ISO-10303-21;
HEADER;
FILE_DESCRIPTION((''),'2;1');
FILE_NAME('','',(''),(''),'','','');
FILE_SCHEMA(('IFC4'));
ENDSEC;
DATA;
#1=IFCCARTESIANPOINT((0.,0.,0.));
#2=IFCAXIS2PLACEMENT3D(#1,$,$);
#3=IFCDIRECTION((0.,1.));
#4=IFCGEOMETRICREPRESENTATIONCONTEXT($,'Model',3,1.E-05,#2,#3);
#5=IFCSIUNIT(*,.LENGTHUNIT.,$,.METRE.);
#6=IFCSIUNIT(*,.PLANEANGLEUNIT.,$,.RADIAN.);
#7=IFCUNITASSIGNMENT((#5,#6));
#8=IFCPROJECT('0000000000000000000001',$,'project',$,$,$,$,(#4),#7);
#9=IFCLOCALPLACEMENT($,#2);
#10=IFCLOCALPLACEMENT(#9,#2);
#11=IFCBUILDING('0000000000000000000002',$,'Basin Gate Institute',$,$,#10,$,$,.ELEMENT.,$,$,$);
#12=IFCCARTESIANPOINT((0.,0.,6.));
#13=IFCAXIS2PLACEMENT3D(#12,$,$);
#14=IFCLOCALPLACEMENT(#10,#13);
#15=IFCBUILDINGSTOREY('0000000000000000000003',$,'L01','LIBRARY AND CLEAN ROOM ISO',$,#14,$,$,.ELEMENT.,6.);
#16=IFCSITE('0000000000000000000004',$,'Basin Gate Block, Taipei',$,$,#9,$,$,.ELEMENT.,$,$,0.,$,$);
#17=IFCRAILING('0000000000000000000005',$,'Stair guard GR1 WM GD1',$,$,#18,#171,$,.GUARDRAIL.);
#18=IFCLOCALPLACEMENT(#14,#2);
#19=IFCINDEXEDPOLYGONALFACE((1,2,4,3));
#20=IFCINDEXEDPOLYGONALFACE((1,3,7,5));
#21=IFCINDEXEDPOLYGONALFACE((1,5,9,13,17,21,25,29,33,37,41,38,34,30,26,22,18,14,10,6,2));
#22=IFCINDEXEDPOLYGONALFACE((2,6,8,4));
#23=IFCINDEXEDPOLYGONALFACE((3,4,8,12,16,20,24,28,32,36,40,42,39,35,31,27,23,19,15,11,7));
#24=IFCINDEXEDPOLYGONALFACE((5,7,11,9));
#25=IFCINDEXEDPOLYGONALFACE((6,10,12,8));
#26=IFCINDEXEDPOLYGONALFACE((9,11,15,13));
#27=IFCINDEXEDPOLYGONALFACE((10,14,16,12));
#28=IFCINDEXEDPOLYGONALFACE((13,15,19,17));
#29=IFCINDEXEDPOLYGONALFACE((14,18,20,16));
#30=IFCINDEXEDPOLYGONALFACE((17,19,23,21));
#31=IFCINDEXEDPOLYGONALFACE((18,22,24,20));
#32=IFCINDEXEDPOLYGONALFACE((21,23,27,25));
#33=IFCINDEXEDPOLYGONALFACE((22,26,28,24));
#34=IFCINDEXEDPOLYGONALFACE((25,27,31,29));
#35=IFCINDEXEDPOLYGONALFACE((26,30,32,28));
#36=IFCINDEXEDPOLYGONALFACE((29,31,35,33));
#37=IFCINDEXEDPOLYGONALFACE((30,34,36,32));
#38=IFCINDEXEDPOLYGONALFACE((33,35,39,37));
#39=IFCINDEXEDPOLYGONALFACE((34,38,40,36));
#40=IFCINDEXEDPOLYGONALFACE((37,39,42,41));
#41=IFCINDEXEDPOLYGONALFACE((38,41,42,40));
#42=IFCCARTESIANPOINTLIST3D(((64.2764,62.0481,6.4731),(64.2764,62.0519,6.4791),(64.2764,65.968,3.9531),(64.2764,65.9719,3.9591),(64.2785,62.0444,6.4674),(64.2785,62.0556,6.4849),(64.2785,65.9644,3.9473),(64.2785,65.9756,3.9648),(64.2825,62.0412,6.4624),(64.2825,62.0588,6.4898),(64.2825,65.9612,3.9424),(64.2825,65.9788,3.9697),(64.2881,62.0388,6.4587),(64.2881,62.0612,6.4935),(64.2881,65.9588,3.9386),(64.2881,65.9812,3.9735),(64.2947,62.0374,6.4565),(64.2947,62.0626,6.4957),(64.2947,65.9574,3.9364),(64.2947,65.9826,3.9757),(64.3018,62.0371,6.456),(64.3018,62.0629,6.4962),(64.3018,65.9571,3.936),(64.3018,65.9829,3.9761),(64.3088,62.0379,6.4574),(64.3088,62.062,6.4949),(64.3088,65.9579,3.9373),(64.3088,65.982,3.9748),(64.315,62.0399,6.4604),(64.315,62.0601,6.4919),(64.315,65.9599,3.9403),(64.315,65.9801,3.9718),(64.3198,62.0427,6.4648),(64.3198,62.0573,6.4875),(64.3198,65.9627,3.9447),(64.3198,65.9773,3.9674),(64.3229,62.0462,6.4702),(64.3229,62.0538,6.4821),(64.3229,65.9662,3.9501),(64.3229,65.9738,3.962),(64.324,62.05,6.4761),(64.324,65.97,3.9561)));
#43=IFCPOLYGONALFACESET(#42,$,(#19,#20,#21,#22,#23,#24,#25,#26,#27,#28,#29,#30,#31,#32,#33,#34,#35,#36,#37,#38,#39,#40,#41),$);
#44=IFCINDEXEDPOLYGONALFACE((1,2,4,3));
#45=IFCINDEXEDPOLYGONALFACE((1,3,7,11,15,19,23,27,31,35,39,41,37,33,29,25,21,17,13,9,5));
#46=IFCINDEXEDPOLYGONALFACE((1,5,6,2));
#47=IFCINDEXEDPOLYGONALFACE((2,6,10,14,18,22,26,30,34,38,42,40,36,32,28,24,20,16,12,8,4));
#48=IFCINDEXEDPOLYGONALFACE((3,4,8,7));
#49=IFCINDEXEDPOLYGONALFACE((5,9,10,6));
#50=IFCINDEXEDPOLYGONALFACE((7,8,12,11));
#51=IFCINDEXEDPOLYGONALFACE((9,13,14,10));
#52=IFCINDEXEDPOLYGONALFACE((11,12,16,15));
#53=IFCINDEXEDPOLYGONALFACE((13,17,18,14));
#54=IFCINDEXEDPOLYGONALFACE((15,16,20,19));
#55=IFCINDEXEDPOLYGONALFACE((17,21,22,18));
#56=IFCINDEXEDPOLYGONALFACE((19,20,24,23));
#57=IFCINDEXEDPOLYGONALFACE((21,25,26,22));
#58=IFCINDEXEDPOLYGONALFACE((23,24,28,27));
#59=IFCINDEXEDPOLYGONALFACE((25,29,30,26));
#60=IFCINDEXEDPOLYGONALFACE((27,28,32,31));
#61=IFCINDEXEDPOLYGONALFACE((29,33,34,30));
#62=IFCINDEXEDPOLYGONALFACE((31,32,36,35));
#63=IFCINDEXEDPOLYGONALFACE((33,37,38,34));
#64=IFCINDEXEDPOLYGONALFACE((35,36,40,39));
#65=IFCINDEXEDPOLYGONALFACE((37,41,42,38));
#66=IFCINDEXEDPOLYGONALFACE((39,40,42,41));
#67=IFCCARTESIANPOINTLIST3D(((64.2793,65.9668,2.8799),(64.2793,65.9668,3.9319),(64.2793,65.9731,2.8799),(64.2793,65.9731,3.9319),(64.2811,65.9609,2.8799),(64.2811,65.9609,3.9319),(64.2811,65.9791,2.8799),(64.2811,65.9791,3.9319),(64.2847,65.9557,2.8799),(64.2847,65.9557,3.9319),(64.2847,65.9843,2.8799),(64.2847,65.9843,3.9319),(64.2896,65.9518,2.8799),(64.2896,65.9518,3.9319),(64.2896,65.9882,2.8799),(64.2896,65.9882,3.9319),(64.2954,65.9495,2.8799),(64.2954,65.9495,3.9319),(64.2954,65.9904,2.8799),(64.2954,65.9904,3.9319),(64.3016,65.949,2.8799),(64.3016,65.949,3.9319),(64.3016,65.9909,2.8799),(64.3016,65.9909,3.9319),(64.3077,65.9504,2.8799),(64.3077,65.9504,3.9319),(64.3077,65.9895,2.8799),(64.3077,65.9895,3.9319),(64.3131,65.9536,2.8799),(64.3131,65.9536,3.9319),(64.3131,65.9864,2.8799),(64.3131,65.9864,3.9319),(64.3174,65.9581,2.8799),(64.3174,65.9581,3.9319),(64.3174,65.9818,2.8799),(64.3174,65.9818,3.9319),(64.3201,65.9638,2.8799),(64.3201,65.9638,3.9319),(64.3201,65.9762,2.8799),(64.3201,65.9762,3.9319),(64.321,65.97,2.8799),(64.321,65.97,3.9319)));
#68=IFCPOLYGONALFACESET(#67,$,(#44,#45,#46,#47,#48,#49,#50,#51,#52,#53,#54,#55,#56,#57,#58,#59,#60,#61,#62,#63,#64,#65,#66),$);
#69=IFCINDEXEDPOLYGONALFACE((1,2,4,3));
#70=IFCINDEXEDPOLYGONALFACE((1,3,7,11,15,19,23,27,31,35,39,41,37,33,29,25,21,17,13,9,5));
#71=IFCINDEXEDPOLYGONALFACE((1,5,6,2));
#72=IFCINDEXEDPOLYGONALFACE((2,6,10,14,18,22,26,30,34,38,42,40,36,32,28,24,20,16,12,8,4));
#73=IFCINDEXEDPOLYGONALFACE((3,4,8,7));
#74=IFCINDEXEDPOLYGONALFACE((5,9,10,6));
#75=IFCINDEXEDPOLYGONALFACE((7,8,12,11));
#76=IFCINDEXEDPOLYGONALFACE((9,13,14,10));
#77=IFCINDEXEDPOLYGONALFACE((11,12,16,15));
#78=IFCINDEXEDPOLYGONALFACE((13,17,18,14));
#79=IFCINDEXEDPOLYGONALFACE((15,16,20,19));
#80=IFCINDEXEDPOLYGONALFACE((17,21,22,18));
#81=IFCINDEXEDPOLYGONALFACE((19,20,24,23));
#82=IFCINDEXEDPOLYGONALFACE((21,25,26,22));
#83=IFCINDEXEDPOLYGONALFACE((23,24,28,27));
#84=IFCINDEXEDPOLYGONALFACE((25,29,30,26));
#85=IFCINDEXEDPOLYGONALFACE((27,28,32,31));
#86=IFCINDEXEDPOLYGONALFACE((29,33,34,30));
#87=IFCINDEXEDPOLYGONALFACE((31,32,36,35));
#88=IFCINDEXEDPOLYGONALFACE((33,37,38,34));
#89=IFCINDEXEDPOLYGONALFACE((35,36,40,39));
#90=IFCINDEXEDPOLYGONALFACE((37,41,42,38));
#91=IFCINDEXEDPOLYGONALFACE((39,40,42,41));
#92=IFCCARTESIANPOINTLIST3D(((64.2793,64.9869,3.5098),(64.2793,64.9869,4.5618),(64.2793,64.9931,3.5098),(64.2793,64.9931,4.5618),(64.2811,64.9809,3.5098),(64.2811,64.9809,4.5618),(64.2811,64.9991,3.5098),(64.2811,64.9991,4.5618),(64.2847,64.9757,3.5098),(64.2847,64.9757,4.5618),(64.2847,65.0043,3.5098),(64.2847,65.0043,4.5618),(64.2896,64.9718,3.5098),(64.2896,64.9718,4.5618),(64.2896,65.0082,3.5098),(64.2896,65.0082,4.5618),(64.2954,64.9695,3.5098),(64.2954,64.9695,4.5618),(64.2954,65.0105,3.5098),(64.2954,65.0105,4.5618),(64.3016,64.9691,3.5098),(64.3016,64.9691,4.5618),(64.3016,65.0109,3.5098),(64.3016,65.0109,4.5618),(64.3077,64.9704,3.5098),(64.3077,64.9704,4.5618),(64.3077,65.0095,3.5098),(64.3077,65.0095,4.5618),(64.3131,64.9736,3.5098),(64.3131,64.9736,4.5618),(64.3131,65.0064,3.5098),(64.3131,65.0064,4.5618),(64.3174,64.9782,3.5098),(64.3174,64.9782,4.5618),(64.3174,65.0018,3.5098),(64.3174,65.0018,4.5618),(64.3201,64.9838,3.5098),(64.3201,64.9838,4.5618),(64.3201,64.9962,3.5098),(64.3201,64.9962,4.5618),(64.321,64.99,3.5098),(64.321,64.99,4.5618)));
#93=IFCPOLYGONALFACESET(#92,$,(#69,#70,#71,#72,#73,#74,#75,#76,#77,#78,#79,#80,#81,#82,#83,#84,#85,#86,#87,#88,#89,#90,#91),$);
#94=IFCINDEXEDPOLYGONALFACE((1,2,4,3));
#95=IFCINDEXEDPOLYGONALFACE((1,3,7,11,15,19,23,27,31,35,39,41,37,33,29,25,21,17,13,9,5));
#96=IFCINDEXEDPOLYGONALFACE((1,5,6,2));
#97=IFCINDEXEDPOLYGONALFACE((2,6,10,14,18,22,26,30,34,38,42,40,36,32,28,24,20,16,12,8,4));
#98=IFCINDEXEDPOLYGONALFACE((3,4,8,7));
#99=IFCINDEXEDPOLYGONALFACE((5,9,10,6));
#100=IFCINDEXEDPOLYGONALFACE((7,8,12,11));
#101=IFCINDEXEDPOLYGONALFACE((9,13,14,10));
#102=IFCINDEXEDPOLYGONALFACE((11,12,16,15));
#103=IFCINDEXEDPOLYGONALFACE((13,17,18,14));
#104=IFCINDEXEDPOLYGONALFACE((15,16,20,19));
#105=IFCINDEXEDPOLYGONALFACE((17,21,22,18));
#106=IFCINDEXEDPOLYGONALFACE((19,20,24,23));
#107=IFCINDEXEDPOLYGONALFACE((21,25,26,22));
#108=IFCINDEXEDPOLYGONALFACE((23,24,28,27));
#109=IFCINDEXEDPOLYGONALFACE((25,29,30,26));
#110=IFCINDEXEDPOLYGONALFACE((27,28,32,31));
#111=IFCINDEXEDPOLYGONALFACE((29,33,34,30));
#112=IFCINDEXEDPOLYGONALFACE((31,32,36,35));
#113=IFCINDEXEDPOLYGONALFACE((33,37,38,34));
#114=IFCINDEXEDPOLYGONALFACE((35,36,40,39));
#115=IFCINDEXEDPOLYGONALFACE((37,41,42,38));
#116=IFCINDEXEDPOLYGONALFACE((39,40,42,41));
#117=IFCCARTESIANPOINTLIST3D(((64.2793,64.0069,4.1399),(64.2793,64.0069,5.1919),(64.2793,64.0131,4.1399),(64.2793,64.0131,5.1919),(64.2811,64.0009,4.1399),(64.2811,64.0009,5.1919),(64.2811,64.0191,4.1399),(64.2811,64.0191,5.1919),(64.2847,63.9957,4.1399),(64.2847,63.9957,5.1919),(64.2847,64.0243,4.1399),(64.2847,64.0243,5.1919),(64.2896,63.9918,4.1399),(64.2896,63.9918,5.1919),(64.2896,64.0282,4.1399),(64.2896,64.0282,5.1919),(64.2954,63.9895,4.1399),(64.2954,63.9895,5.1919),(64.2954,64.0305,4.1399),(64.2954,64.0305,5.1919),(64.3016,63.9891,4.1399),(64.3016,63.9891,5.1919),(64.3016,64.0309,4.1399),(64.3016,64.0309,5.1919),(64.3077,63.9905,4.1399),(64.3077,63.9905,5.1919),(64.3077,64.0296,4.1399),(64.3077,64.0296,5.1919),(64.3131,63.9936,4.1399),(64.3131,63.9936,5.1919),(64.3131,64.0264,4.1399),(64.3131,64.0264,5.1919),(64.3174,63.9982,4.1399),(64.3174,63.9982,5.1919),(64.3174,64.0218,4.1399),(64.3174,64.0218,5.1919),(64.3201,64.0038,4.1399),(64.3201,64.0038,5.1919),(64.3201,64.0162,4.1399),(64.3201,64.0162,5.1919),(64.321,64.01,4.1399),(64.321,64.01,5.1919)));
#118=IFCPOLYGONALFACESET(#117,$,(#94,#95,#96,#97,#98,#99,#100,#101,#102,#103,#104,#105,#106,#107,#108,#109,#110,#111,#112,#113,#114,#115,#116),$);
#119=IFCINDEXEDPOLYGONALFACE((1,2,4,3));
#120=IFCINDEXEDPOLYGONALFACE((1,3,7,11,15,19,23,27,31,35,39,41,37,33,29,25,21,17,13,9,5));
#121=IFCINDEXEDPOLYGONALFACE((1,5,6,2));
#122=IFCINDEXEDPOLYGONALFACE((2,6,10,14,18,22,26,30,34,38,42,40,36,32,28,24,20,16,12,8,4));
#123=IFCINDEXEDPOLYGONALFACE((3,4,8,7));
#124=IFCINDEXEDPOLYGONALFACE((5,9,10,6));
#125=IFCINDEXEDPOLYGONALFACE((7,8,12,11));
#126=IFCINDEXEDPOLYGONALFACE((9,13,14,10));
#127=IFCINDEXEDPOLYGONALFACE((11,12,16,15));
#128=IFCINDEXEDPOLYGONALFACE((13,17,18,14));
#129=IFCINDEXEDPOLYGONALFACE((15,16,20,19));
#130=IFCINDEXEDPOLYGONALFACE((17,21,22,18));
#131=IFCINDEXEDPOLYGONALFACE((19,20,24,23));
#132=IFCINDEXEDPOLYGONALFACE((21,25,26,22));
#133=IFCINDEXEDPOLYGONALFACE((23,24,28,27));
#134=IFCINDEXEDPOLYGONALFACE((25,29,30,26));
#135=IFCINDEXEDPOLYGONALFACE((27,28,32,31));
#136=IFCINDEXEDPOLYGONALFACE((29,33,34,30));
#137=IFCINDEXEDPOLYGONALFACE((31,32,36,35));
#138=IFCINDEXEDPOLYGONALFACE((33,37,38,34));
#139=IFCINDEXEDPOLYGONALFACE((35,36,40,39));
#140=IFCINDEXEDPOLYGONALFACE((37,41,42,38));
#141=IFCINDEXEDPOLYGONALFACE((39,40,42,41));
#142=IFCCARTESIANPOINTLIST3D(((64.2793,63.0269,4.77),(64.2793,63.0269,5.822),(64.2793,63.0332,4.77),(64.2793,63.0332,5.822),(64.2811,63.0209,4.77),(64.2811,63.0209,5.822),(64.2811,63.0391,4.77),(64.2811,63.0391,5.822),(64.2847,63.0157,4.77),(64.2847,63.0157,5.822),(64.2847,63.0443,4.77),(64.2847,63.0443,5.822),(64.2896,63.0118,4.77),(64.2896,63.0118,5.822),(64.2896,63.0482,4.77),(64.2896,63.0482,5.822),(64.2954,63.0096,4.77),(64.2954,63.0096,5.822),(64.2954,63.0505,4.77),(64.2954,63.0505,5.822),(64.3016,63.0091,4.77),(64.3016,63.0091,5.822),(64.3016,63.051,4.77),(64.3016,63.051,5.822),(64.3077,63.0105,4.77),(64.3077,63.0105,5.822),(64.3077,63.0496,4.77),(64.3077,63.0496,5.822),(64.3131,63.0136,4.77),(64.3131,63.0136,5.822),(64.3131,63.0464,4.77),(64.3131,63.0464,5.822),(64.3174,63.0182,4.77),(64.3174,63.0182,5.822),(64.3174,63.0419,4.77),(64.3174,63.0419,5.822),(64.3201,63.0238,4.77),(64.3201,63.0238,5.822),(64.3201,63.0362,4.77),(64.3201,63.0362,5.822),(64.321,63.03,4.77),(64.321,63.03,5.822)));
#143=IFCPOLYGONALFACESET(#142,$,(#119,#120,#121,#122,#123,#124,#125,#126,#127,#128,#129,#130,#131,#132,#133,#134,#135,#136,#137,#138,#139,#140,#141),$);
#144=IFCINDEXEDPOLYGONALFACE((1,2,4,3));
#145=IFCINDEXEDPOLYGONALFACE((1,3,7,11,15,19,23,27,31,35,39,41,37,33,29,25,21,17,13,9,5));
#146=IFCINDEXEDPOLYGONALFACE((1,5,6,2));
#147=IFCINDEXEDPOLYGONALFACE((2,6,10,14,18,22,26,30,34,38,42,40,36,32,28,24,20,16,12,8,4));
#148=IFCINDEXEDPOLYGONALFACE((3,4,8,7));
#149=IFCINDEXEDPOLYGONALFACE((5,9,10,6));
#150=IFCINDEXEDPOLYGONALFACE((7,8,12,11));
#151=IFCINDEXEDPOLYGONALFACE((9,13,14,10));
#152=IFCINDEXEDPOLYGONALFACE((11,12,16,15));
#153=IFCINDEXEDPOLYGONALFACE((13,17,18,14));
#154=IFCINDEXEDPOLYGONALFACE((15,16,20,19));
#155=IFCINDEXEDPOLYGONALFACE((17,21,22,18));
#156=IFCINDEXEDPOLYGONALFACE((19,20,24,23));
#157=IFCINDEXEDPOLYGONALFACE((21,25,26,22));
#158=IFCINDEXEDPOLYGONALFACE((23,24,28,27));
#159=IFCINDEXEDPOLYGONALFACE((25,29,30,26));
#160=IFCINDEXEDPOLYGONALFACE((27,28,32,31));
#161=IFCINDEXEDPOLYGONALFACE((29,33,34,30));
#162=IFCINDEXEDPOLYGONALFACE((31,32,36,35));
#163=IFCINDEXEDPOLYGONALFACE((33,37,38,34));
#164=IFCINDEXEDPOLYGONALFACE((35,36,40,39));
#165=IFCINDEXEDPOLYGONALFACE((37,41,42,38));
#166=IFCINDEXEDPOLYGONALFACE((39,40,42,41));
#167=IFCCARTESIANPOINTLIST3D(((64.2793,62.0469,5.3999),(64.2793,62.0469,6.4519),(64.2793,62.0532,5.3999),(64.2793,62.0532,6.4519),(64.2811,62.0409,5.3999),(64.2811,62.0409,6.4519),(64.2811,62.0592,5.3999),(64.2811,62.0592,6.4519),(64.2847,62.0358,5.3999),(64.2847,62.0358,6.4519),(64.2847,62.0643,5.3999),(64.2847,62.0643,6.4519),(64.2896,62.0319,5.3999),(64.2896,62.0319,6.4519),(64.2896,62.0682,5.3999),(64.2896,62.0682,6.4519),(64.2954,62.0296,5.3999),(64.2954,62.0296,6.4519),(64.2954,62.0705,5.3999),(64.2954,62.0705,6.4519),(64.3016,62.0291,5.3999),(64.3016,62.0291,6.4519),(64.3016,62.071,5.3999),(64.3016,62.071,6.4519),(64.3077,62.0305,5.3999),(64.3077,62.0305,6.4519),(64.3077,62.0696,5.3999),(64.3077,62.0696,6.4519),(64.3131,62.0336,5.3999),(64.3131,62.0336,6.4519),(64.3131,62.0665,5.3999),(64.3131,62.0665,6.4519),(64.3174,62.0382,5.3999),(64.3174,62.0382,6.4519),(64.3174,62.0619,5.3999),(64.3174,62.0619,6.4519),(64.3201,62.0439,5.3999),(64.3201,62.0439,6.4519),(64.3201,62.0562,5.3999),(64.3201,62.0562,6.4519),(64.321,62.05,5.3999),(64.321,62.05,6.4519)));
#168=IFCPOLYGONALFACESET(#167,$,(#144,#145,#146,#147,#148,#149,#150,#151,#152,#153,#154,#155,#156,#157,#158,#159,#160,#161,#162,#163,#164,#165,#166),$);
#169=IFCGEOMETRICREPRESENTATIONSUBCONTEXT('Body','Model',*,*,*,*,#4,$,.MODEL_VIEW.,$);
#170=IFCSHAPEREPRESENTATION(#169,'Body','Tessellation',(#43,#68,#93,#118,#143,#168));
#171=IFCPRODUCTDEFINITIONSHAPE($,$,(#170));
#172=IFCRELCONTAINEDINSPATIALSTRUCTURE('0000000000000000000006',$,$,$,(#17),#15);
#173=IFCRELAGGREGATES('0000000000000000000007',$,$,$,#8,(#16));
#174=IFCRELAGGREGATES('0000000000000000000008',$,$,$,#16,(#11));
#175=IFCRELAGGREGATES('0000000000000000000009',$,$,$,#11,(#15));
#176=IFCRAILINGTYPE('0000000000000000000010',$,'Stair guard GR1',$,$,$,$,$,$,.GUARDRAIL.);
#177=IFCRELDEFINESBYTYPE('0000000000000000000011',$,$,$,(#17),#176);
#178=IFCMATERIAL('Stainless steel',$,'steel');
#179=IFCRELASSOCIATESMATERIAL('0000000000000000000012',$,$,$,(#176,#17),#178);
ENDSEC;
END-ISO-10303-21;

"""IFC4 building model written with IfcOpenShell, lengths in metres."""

from ifc_helpers import new_model, si_unit, direction, frame, origin, origin_2d, place, context, subcontext, project, spatial, circle, extrude, material, type_object, element, save


model = new_model("IFC4")

# Units and contexts
model_context = context("Model", 3, precision=1e-05, world=origin(), true_north=direction((0.0, 1.0)))
body_context = subcontext(model_context, "Body", "Model", "MODEL_VIEW")
ifc_project = project(units=[si_unit("LENGTHUNIT", "METRE"), si_unit("PLANEANGLEUNIT", "RADIAN")], contexts=[model_context])

# Site, building, storey
site_placement = place(None, origin())
site = spatial("IfcSite", under=ifc_project, at=site_placement, Name="Basin Gate Block, Taipei", CompositionType="ELEMENT", RefElevation=0.0)
building_placement = place(site_placement, origin())
building = spatial("IfcBuilding", under=site, at=building_placement, Name="Basin Gate Institute", CompositionType="ELEMENT")
storey_placement = place(building_placement, frame((0.0, 0.0, 6.0)))
storey = spatial("IfcBuildingStorey", under=building, at=storey_placement, Name="L01", Description="LIBRARY AND CLEAN ROOM ISO", CompositionType="ELEMENT", Elevation=6.0)

# Railing
ifc_material_1 = material(Name="Stainless steel", Category="steel")
railing_type_1 = type_object("IfcRailingType", Name="Stair guard GR1", PredefinedType="GUARDRAIL", material=ifc_material_1)
railing_1_placement = place(storey_placement, frame((64.3, 65.97, 2.8799)))
element("IfcRailing", 1, at=railing_1_placement, inside=storey, type_object=railing_type_1, material=ifc_material_1, Name="Stair guard GR1 WM GD1", PredefinedType="GUARDRAIL", context=body_context, shape_type="SweptSolid", body=[
    extrude(circle(Radius=0.0239, at=origin_2d()), frame((0.0, 0.0, 1.0762), z_axis=(0.0, -0.841172, 0.540768), x_axis=(1.0, 0.0, 0.0)), (0.0, 0.0, 1.0), 4.6602),
    extrude(circle(Radius=0.021, at=origin_2d()), origin(), (0.0, 0.0, 1.0), 1.052),
    extrude(circle(Radius=0.021, at=origin_2d()), frame((0.0, -0.98, 0.6299)), (0.0, 0.0, 1.0), 1.052),
    extrude(circle(Radius=0.021, at=origin_2d()), frame((0.0, -1.96, 1.26)), (0.0, 0.0, 1.0), 1.052),
    extrude(circle(Radius=0.021, at=origin_2d()), frame((0.0, -2.9399, 1.8901)), (0.0, 0.0, 1.0), 1.052),
    extrude(circle(Radius=0.021, at=origin_2d()), frame((0.0, -3.9199, 2.52)), (0.0, 0.0, 1.0), 1.052),
])

save(model, "model.ifc")
